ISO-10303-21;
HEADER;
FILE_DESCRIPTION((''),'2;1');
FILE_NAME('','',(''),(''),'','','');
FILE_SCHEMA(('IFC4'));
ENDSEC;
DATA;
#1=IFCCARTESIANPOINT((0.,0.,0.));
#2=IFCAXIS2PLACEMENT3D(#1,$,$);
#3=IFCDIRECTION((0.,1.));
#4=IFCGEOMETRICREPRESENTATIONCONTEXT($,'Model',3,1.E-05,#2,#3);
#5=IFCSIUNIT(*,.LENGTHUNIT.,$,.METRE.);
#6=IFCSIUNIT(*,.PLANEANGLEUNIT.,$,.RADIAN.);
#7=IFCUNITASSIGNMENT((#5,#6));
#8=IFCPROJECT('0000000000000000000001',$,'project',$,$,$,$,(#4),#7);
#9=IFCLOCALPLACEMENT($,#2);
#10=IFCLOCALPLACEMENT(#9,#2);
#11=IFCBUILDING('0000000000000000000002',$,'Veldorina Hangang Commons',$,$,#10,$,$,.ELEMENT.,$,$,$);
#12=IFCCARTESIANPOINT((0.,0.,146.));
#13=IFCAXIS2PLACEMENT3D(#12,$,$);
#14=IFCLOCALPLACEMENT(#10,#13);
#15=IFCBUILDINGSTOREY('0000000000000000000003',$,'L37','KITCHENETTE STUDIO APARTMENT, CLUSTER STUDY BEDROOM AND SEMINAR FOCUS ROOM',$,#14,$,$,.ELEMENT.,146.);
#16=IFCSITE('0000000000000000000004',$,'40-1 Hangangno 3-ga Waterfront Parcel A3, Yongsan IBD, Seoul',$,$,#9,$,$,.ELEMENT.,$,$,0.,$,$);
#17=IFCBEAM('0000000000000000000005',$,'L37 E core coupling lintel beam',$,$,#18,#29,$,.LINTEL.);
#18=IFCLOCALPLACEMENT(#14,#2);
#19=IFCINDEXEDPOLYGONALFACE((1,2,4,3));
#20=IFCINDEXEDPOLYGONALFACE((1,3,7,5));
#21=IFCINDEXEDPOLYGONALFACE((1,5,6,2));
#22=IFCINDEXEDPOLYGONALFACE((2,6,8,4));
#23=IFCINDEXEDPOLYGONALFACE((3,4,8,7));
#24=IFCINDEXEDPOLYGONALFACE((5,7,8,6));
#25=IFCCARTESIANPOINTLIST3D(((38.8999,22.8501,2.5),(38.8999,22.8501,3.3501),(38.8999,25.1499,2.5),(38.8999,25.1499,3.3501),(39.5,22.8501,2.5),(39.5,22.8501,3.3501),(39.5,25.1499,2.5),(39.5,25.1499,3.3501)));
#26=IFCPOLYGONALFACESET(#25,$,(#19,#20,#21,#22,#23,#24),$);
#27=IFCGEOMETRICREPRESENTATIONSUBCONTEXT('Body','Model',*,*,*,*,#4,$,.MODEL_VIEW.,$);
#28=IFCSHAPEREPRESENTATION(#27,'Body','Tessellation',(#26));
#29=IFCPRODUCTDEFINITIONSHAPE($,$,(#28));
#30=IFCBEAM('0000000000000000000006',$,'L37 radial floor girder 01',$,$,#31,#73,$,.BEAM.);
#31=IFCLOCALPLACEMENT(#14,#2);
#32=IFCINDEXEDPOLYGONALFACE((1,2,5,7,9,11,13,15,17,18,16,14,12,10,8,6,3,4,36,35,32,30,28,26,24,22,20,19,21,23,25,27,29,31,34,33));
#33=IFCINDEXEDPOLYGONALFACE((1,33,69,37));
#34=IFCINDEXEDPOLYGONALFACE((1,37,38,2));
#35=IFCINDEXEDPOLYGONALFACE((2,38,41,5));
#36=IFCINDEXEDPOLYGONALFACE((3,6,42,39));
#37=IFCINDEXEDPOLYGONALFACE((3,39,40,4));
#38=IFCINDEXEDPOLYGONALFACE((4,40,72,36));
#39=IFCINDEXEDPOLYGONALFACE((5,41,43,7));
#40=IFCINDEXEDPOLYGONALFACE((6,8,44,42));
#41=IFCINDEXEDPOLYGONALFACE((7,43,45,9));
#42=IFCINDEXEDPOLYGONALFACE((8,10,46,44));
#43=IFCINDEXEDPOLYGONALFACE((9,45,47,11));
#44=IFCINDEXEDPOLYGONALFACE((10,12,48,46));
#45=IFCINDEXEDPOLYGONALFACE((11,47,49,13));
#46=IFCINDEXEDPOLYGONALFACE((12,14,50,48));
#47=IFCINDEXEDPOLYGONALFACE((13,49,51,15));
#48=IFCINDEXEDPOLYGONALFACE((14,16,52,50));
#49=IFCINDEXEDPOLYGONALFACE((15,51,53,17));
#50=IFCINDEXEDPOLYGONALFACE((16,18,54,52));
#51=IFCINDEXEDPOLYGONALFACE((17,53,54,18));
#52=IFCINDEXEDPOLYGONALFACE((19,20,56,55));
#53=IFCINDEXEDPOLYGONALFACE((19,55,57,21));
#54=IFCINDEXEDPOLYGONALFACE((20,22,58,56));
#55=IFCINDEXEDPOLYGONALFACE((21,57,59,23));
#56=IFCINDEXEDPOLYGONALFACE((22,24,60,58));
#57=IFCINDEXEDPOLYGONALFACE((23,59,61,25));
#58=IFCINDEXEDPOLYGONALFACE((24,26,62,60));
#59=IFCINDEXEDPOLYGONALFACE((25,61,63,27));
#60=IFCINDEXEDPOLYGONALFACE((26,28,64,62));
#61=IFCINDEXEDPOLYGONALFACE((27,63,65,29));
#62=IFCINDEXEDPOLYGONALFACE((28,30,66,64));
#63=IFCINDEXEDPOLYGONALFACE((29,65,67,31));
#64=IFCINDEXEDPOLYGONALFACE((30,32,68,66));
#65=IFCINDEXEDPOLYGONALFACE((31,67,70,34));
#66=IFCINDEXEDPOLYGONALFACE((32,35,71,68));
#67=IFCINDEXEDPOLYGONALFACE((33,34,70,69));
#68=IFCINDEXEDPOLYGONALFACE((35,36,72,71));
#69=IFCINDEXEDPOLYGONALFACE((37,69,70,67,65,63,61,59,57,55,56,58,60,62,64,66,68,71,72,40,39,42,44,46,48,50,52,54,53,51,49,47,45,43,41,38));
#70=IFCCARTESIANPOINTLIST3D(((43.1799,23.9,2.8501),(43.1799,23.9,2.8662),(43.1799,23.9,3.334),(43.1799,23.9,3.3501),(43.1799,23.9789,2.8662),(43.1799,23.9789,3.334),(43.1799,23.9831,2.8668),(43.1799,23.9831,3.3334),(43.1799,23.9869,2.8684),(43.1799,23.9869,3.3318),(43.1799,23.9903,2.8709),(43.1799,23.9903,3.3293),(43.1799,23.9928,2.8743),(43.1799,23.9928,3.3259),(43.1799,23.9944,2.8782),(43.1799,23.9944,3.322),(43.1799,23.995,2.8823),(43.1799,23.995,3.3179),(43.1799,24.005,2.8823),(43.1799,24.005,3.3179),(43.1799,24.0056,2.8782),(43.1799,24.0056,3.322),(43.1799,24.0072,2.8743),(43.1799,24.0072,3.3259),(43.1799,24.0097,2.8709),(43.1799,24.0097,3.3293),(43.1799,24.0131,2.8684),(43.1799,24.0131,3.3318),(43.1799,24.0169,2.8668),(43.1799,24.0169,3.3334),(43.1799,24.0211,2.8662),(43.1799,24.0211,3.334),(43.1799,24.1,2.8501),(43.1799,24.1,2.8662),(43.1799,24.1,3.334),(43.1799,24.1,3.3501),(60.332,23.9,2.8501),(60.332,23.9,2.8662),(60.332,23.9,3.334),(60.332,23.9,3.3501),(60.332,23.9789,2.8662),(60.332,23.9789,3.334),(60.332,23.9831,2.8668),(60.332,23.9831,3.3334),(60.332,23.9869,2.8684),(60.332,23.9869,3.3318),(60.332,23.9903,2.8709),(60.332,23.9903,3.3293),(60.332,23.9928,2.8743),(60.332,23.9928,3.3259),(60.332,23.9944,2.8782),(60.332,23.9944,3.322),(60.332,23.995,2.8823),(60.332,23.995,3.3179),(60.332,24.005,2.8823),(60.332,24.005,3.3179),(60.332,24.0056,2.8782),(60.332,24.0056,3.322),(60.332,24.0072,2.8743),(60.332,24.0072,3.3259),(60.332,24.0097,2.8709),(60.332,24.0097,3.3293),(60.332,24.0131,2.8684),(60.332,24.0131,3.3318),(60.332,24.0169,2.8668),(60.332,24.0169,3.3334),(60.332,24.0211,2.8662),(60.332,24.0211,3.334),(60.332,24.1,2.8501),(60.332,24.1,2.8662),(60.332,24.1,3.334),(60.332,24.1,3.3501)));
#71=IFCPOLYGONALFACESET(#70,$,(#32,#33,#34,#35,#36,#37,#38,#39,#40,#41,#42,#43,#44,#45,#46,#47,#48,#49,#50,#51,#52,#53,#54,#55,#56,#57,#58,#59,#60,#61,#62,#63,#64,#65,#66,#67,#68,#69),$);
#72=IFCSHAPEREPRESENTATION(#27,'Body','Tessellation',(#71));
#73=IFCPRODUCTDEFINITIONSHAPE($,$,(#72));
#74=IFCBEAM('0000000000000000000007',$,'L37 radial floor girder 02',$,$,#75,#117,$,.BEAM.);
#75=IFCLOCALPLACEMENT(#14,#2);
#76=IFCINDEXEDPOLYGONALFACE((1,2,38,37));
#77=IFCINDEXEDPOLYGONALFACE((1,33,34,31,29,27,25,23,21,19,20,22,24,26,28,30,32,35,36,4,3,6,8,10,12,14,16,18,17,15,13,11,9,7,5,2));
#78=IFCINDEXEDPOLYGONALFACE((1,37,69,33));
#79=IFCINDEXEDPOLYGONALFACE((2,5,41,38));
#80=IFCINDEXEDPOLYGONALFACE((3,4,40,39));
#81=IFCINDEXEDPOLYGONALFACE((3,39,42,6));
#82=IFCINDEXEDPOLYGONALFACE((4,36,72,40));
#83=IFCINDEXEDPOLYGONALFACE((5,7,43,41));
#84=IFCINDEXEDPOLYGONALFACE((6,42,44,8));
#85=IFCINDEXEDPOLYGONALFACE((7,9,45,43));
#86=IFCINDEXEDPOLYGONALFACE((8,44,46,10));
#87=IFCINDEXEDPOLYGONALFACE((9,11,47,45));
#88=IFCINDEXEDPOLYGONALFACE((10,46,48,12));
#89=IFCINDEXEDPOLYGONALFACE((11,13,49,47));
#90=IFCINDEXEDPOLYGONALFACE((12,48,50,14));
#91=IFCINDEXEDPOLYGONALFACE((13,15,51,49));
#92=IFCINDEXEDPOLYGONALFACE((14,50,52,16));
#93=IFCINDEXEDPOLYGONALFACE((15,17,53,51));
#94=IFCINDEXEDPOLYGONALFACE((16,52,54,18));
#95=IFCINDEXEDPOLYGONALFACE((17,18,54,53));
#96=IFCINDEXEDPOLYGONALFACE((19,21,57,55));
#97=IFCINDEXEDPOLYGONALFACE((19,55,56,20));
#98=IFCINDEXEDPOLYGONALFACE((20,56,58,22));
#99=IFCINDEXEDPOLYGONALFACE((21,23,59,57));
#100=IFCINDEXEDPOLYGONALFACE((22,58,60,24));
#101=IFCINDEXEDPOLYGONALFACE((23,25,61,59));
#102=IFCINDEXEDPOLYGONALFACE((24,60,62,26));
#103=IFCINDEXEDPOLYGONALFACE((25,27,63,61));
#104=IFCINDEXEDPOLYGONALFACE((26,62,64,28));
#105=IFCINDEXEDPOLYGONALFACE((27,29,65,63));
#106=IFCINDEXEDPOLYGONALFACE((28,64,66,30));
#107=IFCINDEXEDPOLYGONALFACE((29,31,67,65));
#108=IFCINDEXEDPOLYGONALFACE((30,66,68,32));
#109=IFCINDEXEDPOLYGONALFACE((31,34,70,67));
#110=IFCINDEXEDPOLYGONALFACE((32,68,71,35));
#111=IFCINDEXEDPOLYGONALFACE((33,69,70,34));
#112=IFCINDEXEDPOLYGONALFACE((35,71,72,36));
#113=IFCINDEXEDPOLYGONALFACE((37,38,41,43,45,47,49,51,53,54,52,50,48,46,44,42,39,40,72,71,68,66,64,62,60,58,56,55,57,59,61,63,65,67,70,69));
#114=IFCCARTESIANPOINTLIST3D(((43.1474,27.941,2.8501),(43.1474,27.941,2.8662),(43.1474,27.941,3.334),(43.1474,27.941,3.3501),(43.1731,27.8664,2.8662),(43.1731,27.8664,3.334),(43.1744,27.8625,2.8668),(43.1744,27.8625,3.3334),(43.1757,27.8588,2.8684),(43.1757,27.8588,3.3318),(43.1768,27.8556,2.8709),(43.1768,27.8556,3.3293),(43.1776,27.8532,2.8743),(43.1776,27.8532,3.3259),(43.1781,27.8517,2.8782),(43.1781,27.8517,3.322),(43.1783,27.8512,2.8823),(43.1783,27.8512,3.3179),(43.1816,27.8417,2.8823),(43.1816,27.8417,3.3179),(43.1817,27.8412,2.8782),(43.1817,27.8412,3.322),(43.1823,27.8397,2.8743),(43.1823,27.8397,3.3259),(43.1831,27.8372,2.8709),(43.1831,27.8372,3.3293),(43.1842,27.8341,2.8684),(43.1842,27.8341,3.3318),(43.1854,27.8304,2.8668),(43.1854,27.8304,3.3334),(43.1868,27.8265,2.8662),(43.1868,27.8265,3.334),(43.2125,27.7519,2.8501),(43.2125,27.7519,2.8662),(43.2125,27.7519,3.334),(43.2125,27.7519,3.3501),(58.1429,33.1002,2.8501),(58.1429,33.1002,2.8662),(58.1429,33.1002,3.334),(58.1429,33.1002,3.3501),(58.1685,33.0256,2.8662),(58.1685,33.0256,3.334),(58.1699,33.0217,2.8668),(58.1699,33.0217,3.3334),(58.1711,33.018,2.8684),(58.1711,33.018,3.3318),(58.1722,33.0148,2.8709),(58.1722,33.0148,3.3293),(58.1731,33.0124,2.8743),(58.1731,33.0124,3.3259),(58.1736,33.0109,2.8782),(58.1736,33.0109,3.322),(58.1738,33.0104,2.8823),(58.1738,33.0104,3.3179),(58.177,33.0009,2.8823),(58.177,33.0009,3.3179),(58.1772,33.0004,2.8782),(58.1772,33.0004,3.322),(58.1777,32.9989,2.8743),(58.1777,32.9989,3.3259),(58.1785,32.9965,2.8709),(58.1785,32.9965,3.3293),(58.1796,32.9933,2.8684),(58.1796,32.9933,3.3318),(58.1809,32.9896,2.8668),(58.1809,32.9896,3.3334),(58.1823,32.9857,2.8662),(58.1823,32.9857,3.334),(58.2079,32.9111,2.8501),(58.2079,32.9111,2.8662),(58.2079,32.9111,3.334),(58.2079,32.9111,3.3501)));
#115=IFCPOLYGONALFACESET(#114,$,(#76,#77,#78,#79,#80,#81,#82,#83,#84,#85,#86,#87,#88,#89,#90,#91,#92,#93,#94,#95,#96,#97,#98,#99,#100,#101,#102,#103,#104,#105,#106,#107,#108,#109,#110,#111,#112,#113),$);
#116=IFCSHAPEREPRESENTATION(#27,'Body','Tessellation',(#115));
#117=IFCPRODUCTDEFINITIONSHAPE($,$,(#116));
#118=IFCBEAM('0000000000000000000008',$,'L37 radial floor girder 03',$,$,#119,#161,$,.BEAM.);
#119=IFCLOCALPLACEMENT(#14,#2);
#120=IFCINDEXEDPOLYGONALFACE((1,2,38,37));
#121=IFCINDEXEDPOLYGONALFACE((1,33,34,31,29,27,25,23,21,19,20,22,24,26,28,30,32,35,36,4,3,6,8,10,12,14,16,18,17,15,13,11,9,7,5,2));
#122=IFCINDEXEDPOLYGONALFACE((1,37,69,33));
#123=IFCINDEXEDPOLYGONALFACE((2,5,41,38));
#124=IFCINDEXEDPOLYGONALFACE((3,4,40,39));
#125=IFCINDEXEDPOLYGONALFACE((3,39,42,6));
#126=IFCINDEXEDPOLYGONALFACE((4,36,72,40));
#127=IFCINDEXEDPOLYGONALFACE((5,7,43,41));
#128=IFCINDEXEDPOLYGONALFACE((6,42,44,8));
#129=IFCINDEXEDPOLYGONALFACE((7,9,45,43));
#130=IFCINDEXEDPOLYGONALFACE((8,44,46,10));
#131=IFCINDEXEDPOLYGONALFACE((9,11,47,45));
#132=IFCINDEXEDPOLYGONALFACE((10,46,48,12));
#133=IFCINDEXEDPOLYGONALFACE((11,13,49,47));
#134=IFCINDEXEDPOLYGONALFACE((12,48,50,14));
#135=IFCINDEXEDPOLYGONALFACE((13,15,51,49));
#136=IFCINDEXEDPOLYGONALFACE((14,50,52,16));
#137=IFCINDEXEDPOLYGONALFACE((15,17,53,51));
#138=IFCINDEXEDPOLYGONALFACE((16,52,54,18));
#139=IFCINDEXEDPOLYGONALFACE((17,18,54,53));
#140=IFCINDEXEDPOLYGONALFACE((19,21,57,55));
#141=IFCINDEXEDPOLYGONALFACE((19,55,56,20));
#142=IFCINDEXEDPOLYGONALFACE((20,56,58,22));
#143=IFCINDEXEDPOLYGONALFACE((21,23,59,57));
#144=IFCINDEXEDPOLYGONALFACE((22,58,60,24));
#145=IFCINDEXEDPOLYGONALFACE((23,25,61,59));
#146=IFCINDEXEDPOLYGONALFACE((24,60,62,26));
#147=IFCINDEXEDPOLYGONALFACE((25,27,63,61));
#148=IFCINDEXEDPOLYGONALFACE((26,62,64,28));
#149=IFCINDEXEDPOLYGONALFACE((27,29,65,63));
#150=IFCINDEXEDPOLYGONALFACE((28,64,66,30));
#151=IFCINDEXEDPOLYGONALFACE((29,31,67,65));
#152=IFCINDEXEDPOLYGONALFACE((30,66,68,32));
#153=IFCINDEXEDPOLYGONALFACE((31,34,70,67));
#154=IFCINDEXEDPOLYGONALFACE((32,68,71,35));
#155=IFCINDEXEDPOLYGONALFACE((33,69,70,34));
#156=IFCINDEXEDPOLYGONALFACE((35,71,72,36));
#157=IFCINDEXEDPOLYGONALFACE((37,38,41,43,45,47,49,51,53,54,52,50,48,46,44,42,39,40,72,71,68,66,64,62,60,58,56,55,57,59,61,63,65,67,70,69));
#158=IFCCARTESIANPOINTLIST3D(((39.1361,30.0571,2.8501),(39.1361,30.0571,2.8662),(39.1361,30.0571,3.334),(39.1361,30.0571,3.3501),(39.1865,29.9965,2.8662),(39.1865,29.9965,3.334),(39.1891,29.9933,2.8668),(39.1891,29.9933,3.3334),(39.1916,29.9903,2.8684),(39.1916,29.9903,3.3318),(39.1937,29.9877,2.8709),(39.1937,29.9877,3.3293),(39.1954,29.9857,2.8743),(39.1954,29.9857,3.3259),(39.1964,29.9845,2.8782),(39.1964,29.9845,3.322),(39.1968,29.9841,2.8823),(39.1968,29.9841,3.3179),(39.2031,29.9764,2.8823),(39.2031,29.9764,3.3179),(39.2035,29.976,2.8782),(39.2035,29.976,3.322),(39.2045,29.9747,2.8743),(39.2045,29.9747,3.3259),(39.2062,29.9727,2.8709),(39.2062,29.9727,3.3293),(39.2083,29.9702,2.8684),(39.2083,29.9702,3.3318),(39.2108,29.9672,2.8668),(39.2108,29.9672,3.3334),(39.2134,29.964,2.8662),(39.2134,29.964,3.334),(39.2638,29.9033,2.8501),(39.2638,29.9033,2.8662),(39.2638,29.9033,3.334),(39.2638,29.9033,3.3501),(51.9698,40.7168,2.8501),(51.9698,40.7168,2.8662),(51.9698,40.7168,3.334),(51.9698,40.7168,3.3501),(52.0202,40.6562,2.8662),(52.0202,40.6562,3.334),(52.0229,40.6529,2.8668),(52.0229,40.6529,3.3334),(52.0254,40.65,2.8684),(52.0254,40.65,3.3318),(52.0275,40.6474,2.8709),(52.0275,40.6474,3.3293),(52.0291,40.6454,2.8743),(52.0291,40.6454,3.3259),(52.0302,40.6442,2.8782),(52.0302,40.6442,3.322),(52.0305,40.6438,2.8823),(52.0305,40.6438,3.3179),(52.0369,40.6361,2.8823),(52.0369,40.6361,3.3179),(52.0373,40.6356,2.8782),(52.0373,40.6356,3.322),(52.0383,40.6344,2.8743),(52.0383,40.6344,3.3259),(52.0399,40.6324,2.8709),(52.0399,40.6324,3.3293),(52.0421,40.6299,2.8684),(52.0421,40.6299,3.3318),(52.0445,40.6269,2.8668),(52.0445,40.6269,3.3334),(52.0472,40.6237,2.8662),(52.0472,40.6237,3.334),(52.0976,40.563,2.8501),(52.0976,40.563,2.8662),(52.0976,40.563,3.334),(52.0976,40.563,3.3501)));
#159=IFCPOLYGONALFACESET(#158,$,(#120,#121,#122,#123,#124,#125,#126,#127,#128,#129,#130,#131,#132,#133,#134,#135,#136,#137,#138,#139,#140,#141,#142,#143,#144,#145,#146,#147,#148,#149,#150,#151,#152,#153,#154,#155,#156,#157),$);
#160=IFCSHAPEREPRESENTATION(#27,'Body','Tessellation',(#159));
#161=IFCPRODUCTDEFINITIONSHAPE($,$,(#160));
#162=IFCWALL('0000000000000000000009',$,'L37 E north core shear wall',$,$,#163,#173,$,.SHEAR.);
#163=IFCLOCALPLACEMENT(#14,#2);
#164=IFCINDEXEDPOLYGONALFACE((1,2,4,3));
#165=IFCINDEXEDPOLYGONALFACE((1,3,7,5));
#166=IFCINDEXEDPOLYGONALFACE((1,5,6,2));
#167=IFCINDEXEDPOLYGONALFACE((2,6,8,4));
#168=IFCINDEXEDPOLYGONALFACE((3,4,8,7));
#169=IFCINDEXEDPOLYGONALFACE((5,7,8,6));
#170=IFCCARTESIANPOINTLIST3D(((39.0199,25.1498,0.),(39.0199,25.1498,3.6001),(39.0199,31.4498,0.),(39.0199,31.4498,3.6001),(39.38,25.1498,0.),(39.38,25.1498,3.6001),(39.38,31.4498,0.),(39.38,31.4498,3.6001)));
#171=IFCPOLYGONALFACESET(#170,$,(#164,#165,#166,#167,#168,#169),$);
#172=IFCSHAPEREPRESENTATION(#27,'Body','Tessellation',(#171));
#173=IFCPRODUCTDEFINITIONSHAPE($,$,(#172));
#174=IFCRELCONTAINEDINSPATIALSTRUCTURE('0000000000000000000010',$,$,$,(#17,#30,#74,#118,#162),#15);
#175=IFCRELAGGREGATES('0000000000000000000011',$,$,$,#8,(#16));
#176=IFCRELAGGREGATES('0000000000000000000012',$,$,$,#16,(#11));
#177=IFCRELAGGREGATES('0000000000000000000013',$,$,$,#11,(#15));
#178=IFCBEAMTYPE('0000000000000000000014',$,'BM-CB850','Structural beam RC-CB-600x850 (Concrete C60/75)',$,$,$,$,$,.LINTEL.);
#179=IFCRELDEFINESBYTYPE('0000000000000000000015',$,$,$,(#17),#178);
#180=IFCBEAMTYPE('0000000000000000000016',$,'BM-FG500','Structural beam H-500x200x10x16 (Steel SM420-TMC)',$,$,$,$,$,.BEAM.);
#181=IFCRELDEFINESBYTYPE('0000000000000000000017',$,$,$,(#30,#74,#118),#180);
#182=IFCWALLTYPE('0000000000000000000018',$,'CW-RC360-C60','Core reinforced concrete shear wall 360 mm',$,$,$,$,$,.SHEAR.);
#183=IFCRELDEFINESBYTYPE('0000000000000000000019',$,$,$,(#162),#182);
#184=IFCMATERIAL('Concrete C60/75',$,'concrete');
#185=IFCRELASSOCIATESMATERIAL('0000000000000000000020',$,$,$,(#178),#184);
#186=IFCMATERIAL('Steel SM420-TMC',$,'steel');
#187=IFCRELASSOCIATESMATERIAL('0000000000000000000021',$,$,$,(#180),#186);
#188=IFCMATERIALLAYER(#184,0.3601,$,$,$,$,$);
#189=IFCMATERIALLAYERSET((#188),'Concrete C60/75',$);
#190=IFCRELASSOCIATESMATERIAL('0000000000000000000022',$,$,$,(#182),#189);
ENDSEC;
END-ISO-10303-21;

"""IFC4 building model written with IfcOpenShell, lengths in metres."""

from ifc_helpers import new_model, si_unit, direction, frame, frame_2d, origin, origin_2d, place, context, subcontext, project, spatial, rectangle, i_section, extrude, material, layer, layer_set, material_profile, profile_set, type_object, element, save


model = new_model("IFC4")

# Units and contexts
model_context = context("Model", 3, precision=1e-05, world=origin(), true_north=direction((0.0, 1.0)))
body_context = subcontext(model_context, "Body", "Model", "MODEL_VIEW")
ifc_project = project(units=[si_unit("LENGTHUNIT", "METRE"), si_unit("PLANEANGLEUNIT", "RADIAN")], contexts=[model_context])

# Site, building, storey
site_placement = place(None, origin())
site = spatial("IfcSite", under=ifc_project, at=site_placement, Name="40-1 Hangangno 3-ga Waterfront Parcel A3, Yongsan IBD, Seoul", CompositionType="ELEMENT", RefElevation=0.0)
building_placement = place(site_placement, origin())
building = spatial("IfcBuilding", under=site, at=building_placement, Name="Veldorina Hangang Commons", CompositionType="ELEMENT")
storey_placement = place(building_placement, frame((0.0, 0.0, 146.0)))
storey = spatial("IfcBuildingStorey", under=building, at=storey_placement, Name="L37", Description="KITCHENETTE STUDIO APARTMENT, CLUSTER STUDY BEDROOM AND SEMINAR FOCUS ROOM", CompositionType="ELEMENT", Elevation=146.0)

# Beams
ifc_material_1 = material(Name="Concrete C60/75", Category="concrete")
ifc_material_profile_1 = material_profile(ifc_material_1, rectangle(XDim=0.6001, YDim=0.8501, at=origin_2d()), Name="RC-CB-600x850")
ifc_profile_set_1 = profile_set([ifc_material_profile_1], Name="Concrete C60/75")
beam_type_1 = type_object("IfcBeamType", Name="BM-CB850", Description="Structural beam RC-CB-600x850 (Concrete C60/75)", PredefinedType="LINTEL", material=ifc_profile_set_1)
beam_1_placement = place(storey_placement, frame((39.2, 22.8501, 2.925), z_axis=(0.0, 1.0, 0.0), x_axis=(-1.0, 0.0, 0.0)))
element("IfcBeam", 1, at=beam_1_placement, inside=storey, type_object=beam_type_1, Name="L37 E core coupling lintel beam", PredefinedType="LINTEL", context=body_context, shape_type="SweptSolid", body=[
    extrude(rectangle(XDim=0.6001, YDim=0.8501, at=origin_2d()), origin(), (0.0, 0.0, 1.0), 2.2998),
])
ifc_material_2 = material(Name="Steel SM420-TMC", Category="steel")
ifc_material_profile_2 = material_profile(ifc_material_2, i_section(OverallWidth=0.2, OverallDepth=0.5, WebThickness=0.01, FlangeThickness=0.0161, FilletRadius=0.0161, at=origin_2d()), Name="H-500x200x10x16")
ifc_profile_set_2 = profile_set([ifc_material_profile_2], Name="Steel SM420-TMC")
beam_type_2 = type_object("IfcBeamType", Name="BM-FG500", Description="Structural beam H-500x200x10x16 (Steel SM420-TMC)", PredefinedType="BEAM", material=ifc_profile_set_2)
beam_2_placement = place(storey_placement, frame((43.1799, 24.0, 3.1001), z_axis=(1.0, 0.0, 0.0), x_axis=(0.0, 1.0, 0.0)))
element("IfcBeam", 2, at=beam_2_placement, inside=storey, type_object=beam_type_2, Name="L37 radial floor girder 01", PredefinedType="BEAM", context=body_context, shape_type="SweptSolid", body=[
    extrude(i_section(OverallWidth=0.2, OverallDepth=0.5, WebThickness=0.01, FlangeThickness=0.0161, FilletRadius=0.0161, at=origin_2d()), origin(), (0.0, 0.0, 1.0), 17.1521),
])
beam_3_placement = place(storey_placement, frame((43.1799, 27.8464, 3.1001), z_axis=(0.945599, 0.325335, 0.0), x_axis=(-0.325335, 0.945599, 0.0)))
element("IfcBeam", 3, at=beam_3_placement, inside=storey, type_object=beam_type_2, Name="L37 radial floor girder 02", PredefinedType="BEAM", context=body_context, shape_type="SweptSolid", body=[
    extrude(i_section(OverallWidth=0.2, OverallDepth=0.5, WebThickness=0.01, FlangeThickness=0.0161, FilletRadius=0.0161, at=origin_2d()), origin(), (0.0, 0.0, 1.0), 15.8582),
])
beam_4_placement = place(storey_placement, frame((39.2, 29.9802, 3.1001), z_axis=(0.769255, 0.638941, 0.0), x_axis=(-0.638941, 0.769255, 0.0)))
element("IfcBeam", 4, at=beam_4_placement, inside=storey, type_object=beam_type_2, Name="L37 radial floor girder 03", PredefinedType="BEAM", context=body_context, shape_type="SweptSolid", body=[
    extrude(i_section(OverallWidth=0.2, OverallDepth=0.5, WebThickness=0.01, FlangeThickness=0.0161, FilletRadius=0.0161, at=origin_2d()), origin(), (0.0, 0.0, 1.0), 16.6833),
])

# Wall
ifc_layer_1 = layer(ifc_material_1, 0.3601)
ifc_layer_set_1 = layer_set([ifc_layer_1], Name="Concrete C60/75")
wall_type_1 = type_object("IfcWallType", Name="CW-RC360-C60", Description="Core reinforced concrete shear wall 360 mm", PredefinedType="SHEAR", material=ifc_layer_set_1)
wall_1_placement = place(storey_placement, frame((39.2, 25.1499, 0.0), z_axis=(0.0, 0.0, 1.0), x_axis=(0.0, 1.0, 0.0)))
element("IfcWall", 5, at=wall_1_placement, inside=storey, type_object=wall_type_1, Name="L37 E north core shear wall", PredefinedType="SHEAR", context=body_context, shape_type="SweptSolid", body=[
    extrude(rectangle(XDim=6.3, YDim=0.3601, at=frame_2d((3.1499, 0.0))), origin(), (0.0, 0.0, 1.0), 3.6001),
])

save(model, "model.ifc")
